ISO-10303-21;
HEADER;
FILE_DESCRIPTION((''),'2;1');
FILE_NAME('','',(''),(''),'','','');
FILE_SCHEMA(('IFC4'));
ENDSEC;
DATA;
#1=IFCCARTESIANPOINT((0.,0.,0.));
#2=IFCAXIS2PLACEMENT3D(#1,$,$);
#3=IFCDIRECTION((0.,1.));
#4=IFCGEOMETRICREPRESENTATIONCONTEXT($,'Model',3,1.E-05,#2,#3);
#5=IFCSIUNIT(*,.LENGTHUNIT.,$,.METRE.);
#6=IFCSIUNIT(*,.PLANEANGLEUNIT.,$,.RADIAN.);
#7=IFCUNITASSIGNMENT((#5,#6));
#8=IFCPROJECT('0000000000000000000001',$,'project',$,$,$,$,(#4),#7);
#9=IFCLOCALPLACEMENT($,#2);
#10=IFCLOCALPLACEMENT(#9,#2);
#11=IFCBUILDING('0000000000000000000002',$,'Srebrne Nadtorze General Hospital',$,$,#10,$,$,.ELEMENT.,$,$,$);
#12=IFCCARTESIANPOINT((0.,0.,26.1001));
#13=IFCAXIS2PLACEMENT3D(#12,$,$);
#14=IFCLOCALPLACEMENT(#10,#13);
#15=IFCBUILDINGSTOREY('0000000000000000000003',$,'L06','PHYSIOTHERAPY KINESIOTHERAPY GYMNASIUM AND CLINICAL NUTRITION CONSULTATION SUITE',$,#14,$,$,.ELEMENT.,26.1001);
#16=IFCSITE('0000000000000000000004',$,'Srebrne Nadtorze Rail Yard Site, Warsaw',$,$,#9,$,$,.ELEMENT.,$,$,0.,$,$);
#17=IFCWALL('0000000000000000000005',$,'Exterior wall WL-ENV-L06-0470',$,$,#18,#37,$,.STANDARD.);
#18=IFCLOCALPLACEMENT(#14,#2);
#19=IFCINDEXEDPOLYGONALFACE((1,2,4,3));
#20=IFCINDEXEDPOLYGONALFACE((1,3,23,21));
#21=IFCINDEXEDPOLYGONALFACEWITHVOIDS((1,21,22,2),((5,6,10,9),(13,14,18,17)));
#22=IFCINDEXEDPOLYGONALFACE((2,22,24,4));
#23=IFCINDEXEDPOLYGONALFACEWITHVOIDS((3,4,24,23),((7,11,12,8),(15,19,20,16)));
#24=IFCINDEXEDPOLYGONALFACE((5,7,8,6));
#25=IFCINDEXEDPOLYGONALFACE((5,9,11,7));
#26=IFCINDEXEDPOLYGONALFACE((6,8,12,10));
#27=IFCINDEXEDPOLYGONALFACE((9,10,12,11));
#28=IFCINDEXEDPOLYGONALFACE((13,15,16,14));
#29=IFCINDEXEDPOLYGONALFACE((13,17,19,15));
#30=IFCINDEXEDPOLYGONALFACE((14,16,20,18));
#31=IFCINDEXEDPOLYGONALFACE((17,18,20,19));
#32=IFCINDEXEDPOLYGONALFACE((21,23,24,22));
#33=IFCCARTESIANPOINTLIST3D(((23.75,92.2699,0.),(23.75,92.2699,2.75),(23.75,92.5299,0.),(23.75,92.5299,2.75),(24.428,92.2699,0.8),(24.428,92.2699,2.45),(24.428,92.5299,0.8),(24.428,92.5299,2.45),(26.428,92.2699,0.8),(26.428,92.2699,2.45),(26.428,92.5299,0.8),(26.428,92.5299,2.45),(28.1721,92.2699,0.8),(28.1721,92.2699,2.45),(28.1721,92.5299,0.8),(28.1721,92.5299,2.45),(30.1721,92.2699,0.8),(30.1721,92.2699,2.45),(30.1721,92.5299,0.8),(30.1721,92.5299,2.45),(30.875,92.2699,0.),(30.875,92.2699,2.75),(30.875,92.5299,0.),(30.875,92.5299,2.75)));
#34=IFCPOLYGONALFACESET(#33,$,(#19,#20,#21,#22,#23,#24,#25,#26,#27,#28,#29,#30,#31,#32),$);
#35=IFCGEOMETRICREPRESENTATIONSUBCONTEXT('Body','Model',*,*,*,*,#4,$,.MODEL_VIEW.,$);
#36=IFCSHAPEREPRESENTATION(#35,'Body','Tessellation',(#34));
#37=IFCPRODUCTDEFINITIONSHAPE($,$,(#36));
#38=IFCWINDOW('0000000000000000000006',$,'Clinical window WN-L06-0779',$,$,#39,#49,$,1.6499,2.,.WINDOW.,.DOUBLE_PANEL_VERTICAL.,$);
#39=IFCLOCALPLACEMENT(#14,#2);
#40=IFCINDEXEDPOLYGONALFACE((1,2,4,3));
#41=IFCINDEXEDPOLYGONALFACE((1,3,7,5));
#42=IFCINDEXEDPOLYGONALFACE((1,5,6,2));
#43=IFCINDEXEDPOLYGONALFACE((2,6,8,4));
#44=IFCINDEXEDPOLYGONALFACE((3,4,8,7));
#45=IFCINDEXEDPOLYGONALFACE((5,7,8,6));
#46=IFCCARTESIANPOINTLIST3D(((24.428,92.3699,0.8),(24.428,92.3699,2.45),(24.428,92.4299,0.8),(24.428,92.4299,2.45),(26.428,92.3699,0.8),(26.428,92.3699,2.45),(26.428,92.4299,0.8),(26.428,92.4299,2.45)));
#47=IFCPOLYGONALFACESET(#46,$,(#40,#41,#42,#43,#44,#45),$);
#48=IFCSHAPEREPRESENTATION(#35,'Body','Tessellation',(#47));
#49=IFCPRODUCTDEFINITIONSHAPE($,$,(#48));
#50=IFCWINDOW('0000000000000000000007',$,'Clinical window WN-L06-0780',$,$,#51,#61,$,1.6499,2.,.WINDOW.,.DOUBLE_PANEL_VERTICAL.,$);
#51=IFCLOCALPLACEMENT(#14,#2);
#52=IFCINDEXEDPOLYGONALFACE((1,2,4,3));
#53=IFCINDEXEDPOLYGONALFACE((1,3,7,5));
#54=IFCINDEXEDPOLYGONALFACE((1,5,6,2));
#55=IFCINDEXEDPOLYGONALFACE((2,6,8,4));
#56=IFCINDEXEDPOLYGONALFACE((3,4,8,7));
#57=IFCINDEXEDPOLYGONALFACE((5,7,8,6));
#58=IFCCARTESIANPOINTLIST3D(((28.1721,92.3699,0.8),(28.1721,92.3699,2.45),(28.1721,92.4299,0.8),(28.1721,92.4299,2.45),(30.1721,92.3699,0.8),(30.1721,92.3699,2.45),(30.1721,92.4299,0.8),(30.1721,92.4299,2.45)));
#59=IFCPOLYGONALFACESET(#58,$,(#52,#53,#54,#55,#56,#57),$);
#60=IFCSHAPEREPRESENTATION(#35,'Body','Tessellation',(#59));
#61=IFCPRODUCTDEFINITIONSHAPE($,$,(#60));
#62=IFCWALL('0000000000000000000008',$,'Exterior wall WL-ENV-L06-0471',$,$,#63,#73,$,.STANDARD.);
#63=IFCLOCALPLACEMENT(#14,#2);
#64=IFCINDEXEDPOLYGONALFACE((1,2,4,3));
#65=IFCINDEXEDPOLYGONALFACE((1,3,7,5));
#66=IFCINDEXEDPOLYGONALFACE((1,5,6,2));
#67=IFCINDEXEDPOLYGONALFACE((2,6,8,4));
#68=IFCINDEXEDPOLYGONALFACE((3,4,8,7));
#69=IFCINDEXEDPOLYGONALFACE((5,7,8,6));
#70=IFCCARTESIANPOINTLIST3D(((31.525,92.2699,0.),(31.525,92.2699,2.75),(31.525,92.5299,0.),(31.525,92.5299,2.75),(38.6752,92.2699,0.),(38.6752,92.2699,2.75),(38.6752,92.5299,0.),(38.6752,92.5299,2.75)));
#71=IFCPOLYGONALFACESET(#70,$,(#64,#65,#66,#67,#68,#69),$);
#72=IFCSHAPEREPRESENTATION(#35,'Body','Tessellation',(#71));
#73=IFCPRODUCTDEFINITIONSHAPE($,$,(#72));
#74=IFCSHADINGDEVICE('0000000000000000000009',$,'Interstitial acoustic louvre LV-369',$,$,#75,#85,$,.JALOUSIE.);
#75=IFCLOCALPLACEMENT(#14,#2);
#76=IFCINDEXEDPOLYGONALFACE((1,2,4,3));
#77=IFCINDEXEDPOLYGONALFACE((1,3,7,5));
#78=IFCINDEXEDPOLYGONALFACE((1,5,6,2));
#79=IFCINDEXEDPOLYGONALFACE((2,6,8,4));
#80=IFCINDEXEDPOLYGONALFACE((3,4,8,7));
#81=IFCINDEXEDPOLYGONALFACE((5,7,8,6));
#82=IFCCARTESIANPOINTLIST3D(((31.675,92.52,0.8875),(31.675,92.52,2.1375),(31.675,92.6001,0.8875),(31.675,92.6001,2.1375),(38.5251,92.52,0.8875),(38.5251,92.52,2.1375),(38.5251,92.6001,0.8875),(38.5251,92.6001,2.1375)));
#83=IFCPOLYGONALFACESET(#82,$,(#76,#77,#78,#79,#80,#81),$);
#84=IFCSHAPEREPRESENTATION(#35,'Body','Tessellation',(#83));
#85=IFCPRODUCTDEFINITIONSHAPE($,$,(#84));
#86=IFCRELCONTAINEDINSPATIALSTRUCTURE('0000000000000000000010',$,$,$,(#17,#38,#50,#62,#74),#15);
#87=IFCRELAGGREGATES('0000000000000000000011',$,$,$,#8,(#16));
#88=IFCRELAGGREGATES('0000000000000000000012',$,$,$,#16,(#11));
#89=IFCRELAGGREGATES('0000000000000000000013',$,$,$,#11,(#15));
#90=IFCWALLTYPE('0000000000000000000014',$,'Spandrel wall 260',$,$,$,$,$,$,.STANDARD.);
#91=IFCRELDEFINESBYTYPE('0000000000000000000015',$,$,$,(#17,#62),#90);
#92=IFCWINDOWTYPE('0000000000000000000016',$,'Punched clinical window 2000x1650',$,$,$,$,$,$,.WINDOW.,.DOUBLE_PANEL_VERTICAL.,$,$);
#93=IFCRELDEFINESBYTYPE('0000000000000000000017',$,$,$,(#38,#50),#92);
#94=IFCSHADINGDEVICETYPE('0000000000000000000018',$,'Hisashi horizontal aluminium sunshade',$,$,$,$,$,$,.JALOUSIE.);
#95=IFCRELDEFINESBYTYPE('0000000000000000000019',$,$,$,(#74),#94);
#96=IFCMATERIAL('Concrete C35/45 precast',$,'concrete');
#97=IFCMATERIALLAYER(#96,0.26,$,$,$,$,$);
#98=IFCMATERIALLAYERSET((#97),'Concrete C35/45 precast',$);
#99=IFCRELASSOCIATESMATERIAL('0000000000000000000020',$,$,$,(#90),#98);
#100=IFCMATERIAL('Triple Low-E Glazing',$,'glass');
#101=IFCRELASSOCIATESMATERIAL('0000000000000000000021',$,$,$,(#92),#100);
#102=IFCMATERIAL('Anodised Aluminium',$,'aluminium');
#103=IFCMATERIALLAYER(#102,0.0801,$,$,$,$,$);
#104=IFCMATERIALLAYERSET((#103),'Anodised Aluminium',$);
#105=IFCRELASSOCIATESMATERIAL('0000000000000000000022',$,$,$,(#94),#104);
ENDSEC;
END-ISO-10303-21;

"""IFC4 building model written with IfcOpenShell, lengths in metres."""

from ifc_helpers import new_model, si_unit, direction, frame, frame_2d, origin, origin_2d, place, context, subcontext, project, spatial, rectangle, extrude, material, layer, layer_set, type_object, element, fill, save


model = new_model("IFC4")

# Units and contexts
model_context = context("Model", 3, precision=1e-05, world=origin(), true_north=direction((0.0, 1.0)))
body_context = subcontext(model_context, "Body", "Model", "MODEL_VIEW")
ifc_project = project(units=[si_unit("LENGTHUNIT", "METRE"), si_unit("PLANEANGLEUNIT", "RADIAN")], contexts=[model_context])

# Site, building, storey
site_placement = place(None, origin())
site = spatial("IfcSite", under=ifc_project, at=site_placement, Name="Srebrne Nadtorze Rail Yard Site, Warsaw", CompositionType="ELEMENT", RefElevation=0.0)
building_placement = place(site_placement, origin())
building = spatial("IfcBuilding", under=site, at=building_placement, Name="Srebrne Nadtorze General Hospital", CompositionType="ELEMENT")
storey_placement = place(building_placement, frame((0.0, 0.0, 26.1001)))
storey = spatial("IfcBuildingStorey", under=building, at=storey_placement, Name="L06", Description="PHYSIOTHERAPY KINESIOTHERAPY GYMNASIUM AND CLINICAL NUTRITION CONSULTATION SUITE", CompositionType="ELEMENT", Elevation=26.1001)

# Wall, openings, windows
ifc_material_1 = material(Name="Concrete C35/45 precast", Category="concrete")
ifc_layer_1 = layer(ifc_material_1, 0.26)
ifc_layer_set_1 = layer_set([ifc_layer_1], Name="Concrete C35/45 precast")
wall_type_1 = type_object("IfcWallType", Name="Spandrel wall 260", PredefinedType="STANDARD", material=ifc_layer_set_1)
wall_1_placement = place(storey_placement, frame((23.75, 92.3999, 0.0), z_axis=(0.0, 0.0, 1.0), x_axis=(1.0, 0.0, 0.0)))
wall_1 = element("IfcWall", 1, at=wall_1_placement, inside=storey, type_object=wall_type_1, Name="Exterior wall WL-ENV-L06-0470", PredefinedType="STANDARD", context=body_context, shape_type="SweptSolid", body=[
    extrude(rectangle(XDim=7.125, YDim=0.26, at=frame_2d((3.5625, 0.0))), origin(), (0.0, 0.0, 1.0), 2.75),
])
opening_1_placement = place(wall_1_placement, frame((0.678, 0.0, 0.8)))
opening_1 = element("IfcOpeningElement", 2, at=opening_1_placement, cuts=wall_1, PredefinedType="OPENING", context=body_context, shape_type="SweptSolid", body=[
    extrude(rectangle(XDim=2.0, YDim=1.6499, at=frame_2d((1.0, 0.825))), frame((0.0, 0.1421, 0.0), z_axis=(0.0, -1.0, 0.0), x_axis=(1.0, 0.0, 0.0)), (0.0, 0.0, 1.0), 0.2839),
])
opening_2_placement = place(wall_1_placement, frame((4.4221, 0.0, 0.8)))
opening_2 = element("IfcOpeningElement", 3, at=opening_2_placement, cuts=wall_1, PredefinedType="OPENING", context=body_context, shape_type="SweptSolid", body=[
    extrude(rectangle(XDim=2.0, YDim=1.6499, at=frame_2d((1.0, 0.825))), frame((0.0, 0.1421, 0.0), z_axis=(0.0, -1.0, 0.0), x_axis=(1.0, 0.0, 0.0)), (0.0, 0.0, 1.0), 0.2839),
])
ifc_material_2 = material(Name="Triple Low-E Glazing", Category="glass")
window_type_1 = type_object("IfcWindowType", Name="Punched clinical window 2000x1650", PartitioningType="DOUBLE_PANEL_VERTICAL", PredefinedType="WINDOW", material=ifc_material_2)
window_1_placement = place(opening_1_placement, origin())
window_1 = element("IfcWindow", 4, at=window_1_placement, inside=storey, type_object=window_type_1, Name="Clinical window WN-L06-0779", OverallHeight=1.6499, OverallWidth=2.0, PartitioningType="DOUBLE_PANEL_VERTICAL", PredefinedType="WINDOW", context=body_context, shape_type="SweptSolid", body=[
    extrude(rectangle(XDim=2.0, YDim=1.6499, at=frame_2d((1.0, 0.825))), frame((0.0, 0.03, 0.0), z_axis=(0.0, -1.0, 0.0), x_axis=(1.0, 0.0, 0.0)), (0.0, 0.0, 1.0), 0.0601),
])
fill(opening_1, window_1)
window_2_placement = place(opening_2_placement, origin())
window_2 = element("IfcWindow", 5, at=window_2_placement, inside=storey, type_object=window_type_1, Name="Clinical window WN-L06-0780", OverallHeight=1.6499, OverallWidth=2.0, PartitioningType="DOUBLE_PANEL_VERTICAL", PredefinedType="WINDOW", context=body_context, shape_type="SweptSolid", body=[
    extrude(rectangle(XDim=2.0, YDim=1.6499, at=frame_2d((1.0, 0.825))), frame((0.0, 0.03, 0.0), z_axis=(0.0, -1.0, 0.0), x_axis=(1.0, 0.0, 0.0)), (0.0, 0.0, 1.0), 0.0601),
])
fill(opening_2, window_2)

# Wall
wall_2_placement = place(storey_placement, frame((31.5249, 92.3999, 0.0), z_axis=(0.0, 0.0, 1.0), x_axis=(1.0, 0.0, 0.0)))
element("IfcWall", 6, at=wall_2_placement, inside=storey, type_object=wall_type_1, Name="Exterior wall WL-ENV-L06-0471", PredefinedType="STANDARD", context=body_context, shape_type="SweptSolid", body=[
    extrude(rectangle(XDim=7.1501, YDim=0.26, at=frame_2d((3.5752, 0.0))), origin(), (0.0, 0.0, 1.0), 2.75),
])

# Shading device
ifc_material_3 = material(Name="Anodised Aluminium", Category="aluminium")
ifc_layer_2 = layer(ifc_material_3, 0.0801)
ifc_layer_set_2 = layer_set([ifc_layer_2], Name="Anodised Aluminium")
shading_device_type = type_object("IfcShadingDeviceType", Name="Hisashi horizontal aluminium sunshade", PredefinedType="JALOUSIE", material=ifc_layer_set_2)
shading_device_placement = place(storey_placement, frame((35.1001, 92.5601, 0.8875), z_axis=(0.0, 0.0, 1.0), x_axis=(1.0, 0.0, 0.0)))
element("IfcShadingDevice", 7, at=shading_device_placement, inside=storey, type_object=shading_device_type, Name="Interstitial acoustic louvre LV-369", PredefinedType="JALOUSIE", context=body_context, shape_type="SweptSolid", body=[
    extrude(rectangle(XDim=6.8501, YDim=0.0801, at=origin_2d()), origin(), (0.0, 0.0, 1.0), 1.25),
])

save(model, "model.ifc")
